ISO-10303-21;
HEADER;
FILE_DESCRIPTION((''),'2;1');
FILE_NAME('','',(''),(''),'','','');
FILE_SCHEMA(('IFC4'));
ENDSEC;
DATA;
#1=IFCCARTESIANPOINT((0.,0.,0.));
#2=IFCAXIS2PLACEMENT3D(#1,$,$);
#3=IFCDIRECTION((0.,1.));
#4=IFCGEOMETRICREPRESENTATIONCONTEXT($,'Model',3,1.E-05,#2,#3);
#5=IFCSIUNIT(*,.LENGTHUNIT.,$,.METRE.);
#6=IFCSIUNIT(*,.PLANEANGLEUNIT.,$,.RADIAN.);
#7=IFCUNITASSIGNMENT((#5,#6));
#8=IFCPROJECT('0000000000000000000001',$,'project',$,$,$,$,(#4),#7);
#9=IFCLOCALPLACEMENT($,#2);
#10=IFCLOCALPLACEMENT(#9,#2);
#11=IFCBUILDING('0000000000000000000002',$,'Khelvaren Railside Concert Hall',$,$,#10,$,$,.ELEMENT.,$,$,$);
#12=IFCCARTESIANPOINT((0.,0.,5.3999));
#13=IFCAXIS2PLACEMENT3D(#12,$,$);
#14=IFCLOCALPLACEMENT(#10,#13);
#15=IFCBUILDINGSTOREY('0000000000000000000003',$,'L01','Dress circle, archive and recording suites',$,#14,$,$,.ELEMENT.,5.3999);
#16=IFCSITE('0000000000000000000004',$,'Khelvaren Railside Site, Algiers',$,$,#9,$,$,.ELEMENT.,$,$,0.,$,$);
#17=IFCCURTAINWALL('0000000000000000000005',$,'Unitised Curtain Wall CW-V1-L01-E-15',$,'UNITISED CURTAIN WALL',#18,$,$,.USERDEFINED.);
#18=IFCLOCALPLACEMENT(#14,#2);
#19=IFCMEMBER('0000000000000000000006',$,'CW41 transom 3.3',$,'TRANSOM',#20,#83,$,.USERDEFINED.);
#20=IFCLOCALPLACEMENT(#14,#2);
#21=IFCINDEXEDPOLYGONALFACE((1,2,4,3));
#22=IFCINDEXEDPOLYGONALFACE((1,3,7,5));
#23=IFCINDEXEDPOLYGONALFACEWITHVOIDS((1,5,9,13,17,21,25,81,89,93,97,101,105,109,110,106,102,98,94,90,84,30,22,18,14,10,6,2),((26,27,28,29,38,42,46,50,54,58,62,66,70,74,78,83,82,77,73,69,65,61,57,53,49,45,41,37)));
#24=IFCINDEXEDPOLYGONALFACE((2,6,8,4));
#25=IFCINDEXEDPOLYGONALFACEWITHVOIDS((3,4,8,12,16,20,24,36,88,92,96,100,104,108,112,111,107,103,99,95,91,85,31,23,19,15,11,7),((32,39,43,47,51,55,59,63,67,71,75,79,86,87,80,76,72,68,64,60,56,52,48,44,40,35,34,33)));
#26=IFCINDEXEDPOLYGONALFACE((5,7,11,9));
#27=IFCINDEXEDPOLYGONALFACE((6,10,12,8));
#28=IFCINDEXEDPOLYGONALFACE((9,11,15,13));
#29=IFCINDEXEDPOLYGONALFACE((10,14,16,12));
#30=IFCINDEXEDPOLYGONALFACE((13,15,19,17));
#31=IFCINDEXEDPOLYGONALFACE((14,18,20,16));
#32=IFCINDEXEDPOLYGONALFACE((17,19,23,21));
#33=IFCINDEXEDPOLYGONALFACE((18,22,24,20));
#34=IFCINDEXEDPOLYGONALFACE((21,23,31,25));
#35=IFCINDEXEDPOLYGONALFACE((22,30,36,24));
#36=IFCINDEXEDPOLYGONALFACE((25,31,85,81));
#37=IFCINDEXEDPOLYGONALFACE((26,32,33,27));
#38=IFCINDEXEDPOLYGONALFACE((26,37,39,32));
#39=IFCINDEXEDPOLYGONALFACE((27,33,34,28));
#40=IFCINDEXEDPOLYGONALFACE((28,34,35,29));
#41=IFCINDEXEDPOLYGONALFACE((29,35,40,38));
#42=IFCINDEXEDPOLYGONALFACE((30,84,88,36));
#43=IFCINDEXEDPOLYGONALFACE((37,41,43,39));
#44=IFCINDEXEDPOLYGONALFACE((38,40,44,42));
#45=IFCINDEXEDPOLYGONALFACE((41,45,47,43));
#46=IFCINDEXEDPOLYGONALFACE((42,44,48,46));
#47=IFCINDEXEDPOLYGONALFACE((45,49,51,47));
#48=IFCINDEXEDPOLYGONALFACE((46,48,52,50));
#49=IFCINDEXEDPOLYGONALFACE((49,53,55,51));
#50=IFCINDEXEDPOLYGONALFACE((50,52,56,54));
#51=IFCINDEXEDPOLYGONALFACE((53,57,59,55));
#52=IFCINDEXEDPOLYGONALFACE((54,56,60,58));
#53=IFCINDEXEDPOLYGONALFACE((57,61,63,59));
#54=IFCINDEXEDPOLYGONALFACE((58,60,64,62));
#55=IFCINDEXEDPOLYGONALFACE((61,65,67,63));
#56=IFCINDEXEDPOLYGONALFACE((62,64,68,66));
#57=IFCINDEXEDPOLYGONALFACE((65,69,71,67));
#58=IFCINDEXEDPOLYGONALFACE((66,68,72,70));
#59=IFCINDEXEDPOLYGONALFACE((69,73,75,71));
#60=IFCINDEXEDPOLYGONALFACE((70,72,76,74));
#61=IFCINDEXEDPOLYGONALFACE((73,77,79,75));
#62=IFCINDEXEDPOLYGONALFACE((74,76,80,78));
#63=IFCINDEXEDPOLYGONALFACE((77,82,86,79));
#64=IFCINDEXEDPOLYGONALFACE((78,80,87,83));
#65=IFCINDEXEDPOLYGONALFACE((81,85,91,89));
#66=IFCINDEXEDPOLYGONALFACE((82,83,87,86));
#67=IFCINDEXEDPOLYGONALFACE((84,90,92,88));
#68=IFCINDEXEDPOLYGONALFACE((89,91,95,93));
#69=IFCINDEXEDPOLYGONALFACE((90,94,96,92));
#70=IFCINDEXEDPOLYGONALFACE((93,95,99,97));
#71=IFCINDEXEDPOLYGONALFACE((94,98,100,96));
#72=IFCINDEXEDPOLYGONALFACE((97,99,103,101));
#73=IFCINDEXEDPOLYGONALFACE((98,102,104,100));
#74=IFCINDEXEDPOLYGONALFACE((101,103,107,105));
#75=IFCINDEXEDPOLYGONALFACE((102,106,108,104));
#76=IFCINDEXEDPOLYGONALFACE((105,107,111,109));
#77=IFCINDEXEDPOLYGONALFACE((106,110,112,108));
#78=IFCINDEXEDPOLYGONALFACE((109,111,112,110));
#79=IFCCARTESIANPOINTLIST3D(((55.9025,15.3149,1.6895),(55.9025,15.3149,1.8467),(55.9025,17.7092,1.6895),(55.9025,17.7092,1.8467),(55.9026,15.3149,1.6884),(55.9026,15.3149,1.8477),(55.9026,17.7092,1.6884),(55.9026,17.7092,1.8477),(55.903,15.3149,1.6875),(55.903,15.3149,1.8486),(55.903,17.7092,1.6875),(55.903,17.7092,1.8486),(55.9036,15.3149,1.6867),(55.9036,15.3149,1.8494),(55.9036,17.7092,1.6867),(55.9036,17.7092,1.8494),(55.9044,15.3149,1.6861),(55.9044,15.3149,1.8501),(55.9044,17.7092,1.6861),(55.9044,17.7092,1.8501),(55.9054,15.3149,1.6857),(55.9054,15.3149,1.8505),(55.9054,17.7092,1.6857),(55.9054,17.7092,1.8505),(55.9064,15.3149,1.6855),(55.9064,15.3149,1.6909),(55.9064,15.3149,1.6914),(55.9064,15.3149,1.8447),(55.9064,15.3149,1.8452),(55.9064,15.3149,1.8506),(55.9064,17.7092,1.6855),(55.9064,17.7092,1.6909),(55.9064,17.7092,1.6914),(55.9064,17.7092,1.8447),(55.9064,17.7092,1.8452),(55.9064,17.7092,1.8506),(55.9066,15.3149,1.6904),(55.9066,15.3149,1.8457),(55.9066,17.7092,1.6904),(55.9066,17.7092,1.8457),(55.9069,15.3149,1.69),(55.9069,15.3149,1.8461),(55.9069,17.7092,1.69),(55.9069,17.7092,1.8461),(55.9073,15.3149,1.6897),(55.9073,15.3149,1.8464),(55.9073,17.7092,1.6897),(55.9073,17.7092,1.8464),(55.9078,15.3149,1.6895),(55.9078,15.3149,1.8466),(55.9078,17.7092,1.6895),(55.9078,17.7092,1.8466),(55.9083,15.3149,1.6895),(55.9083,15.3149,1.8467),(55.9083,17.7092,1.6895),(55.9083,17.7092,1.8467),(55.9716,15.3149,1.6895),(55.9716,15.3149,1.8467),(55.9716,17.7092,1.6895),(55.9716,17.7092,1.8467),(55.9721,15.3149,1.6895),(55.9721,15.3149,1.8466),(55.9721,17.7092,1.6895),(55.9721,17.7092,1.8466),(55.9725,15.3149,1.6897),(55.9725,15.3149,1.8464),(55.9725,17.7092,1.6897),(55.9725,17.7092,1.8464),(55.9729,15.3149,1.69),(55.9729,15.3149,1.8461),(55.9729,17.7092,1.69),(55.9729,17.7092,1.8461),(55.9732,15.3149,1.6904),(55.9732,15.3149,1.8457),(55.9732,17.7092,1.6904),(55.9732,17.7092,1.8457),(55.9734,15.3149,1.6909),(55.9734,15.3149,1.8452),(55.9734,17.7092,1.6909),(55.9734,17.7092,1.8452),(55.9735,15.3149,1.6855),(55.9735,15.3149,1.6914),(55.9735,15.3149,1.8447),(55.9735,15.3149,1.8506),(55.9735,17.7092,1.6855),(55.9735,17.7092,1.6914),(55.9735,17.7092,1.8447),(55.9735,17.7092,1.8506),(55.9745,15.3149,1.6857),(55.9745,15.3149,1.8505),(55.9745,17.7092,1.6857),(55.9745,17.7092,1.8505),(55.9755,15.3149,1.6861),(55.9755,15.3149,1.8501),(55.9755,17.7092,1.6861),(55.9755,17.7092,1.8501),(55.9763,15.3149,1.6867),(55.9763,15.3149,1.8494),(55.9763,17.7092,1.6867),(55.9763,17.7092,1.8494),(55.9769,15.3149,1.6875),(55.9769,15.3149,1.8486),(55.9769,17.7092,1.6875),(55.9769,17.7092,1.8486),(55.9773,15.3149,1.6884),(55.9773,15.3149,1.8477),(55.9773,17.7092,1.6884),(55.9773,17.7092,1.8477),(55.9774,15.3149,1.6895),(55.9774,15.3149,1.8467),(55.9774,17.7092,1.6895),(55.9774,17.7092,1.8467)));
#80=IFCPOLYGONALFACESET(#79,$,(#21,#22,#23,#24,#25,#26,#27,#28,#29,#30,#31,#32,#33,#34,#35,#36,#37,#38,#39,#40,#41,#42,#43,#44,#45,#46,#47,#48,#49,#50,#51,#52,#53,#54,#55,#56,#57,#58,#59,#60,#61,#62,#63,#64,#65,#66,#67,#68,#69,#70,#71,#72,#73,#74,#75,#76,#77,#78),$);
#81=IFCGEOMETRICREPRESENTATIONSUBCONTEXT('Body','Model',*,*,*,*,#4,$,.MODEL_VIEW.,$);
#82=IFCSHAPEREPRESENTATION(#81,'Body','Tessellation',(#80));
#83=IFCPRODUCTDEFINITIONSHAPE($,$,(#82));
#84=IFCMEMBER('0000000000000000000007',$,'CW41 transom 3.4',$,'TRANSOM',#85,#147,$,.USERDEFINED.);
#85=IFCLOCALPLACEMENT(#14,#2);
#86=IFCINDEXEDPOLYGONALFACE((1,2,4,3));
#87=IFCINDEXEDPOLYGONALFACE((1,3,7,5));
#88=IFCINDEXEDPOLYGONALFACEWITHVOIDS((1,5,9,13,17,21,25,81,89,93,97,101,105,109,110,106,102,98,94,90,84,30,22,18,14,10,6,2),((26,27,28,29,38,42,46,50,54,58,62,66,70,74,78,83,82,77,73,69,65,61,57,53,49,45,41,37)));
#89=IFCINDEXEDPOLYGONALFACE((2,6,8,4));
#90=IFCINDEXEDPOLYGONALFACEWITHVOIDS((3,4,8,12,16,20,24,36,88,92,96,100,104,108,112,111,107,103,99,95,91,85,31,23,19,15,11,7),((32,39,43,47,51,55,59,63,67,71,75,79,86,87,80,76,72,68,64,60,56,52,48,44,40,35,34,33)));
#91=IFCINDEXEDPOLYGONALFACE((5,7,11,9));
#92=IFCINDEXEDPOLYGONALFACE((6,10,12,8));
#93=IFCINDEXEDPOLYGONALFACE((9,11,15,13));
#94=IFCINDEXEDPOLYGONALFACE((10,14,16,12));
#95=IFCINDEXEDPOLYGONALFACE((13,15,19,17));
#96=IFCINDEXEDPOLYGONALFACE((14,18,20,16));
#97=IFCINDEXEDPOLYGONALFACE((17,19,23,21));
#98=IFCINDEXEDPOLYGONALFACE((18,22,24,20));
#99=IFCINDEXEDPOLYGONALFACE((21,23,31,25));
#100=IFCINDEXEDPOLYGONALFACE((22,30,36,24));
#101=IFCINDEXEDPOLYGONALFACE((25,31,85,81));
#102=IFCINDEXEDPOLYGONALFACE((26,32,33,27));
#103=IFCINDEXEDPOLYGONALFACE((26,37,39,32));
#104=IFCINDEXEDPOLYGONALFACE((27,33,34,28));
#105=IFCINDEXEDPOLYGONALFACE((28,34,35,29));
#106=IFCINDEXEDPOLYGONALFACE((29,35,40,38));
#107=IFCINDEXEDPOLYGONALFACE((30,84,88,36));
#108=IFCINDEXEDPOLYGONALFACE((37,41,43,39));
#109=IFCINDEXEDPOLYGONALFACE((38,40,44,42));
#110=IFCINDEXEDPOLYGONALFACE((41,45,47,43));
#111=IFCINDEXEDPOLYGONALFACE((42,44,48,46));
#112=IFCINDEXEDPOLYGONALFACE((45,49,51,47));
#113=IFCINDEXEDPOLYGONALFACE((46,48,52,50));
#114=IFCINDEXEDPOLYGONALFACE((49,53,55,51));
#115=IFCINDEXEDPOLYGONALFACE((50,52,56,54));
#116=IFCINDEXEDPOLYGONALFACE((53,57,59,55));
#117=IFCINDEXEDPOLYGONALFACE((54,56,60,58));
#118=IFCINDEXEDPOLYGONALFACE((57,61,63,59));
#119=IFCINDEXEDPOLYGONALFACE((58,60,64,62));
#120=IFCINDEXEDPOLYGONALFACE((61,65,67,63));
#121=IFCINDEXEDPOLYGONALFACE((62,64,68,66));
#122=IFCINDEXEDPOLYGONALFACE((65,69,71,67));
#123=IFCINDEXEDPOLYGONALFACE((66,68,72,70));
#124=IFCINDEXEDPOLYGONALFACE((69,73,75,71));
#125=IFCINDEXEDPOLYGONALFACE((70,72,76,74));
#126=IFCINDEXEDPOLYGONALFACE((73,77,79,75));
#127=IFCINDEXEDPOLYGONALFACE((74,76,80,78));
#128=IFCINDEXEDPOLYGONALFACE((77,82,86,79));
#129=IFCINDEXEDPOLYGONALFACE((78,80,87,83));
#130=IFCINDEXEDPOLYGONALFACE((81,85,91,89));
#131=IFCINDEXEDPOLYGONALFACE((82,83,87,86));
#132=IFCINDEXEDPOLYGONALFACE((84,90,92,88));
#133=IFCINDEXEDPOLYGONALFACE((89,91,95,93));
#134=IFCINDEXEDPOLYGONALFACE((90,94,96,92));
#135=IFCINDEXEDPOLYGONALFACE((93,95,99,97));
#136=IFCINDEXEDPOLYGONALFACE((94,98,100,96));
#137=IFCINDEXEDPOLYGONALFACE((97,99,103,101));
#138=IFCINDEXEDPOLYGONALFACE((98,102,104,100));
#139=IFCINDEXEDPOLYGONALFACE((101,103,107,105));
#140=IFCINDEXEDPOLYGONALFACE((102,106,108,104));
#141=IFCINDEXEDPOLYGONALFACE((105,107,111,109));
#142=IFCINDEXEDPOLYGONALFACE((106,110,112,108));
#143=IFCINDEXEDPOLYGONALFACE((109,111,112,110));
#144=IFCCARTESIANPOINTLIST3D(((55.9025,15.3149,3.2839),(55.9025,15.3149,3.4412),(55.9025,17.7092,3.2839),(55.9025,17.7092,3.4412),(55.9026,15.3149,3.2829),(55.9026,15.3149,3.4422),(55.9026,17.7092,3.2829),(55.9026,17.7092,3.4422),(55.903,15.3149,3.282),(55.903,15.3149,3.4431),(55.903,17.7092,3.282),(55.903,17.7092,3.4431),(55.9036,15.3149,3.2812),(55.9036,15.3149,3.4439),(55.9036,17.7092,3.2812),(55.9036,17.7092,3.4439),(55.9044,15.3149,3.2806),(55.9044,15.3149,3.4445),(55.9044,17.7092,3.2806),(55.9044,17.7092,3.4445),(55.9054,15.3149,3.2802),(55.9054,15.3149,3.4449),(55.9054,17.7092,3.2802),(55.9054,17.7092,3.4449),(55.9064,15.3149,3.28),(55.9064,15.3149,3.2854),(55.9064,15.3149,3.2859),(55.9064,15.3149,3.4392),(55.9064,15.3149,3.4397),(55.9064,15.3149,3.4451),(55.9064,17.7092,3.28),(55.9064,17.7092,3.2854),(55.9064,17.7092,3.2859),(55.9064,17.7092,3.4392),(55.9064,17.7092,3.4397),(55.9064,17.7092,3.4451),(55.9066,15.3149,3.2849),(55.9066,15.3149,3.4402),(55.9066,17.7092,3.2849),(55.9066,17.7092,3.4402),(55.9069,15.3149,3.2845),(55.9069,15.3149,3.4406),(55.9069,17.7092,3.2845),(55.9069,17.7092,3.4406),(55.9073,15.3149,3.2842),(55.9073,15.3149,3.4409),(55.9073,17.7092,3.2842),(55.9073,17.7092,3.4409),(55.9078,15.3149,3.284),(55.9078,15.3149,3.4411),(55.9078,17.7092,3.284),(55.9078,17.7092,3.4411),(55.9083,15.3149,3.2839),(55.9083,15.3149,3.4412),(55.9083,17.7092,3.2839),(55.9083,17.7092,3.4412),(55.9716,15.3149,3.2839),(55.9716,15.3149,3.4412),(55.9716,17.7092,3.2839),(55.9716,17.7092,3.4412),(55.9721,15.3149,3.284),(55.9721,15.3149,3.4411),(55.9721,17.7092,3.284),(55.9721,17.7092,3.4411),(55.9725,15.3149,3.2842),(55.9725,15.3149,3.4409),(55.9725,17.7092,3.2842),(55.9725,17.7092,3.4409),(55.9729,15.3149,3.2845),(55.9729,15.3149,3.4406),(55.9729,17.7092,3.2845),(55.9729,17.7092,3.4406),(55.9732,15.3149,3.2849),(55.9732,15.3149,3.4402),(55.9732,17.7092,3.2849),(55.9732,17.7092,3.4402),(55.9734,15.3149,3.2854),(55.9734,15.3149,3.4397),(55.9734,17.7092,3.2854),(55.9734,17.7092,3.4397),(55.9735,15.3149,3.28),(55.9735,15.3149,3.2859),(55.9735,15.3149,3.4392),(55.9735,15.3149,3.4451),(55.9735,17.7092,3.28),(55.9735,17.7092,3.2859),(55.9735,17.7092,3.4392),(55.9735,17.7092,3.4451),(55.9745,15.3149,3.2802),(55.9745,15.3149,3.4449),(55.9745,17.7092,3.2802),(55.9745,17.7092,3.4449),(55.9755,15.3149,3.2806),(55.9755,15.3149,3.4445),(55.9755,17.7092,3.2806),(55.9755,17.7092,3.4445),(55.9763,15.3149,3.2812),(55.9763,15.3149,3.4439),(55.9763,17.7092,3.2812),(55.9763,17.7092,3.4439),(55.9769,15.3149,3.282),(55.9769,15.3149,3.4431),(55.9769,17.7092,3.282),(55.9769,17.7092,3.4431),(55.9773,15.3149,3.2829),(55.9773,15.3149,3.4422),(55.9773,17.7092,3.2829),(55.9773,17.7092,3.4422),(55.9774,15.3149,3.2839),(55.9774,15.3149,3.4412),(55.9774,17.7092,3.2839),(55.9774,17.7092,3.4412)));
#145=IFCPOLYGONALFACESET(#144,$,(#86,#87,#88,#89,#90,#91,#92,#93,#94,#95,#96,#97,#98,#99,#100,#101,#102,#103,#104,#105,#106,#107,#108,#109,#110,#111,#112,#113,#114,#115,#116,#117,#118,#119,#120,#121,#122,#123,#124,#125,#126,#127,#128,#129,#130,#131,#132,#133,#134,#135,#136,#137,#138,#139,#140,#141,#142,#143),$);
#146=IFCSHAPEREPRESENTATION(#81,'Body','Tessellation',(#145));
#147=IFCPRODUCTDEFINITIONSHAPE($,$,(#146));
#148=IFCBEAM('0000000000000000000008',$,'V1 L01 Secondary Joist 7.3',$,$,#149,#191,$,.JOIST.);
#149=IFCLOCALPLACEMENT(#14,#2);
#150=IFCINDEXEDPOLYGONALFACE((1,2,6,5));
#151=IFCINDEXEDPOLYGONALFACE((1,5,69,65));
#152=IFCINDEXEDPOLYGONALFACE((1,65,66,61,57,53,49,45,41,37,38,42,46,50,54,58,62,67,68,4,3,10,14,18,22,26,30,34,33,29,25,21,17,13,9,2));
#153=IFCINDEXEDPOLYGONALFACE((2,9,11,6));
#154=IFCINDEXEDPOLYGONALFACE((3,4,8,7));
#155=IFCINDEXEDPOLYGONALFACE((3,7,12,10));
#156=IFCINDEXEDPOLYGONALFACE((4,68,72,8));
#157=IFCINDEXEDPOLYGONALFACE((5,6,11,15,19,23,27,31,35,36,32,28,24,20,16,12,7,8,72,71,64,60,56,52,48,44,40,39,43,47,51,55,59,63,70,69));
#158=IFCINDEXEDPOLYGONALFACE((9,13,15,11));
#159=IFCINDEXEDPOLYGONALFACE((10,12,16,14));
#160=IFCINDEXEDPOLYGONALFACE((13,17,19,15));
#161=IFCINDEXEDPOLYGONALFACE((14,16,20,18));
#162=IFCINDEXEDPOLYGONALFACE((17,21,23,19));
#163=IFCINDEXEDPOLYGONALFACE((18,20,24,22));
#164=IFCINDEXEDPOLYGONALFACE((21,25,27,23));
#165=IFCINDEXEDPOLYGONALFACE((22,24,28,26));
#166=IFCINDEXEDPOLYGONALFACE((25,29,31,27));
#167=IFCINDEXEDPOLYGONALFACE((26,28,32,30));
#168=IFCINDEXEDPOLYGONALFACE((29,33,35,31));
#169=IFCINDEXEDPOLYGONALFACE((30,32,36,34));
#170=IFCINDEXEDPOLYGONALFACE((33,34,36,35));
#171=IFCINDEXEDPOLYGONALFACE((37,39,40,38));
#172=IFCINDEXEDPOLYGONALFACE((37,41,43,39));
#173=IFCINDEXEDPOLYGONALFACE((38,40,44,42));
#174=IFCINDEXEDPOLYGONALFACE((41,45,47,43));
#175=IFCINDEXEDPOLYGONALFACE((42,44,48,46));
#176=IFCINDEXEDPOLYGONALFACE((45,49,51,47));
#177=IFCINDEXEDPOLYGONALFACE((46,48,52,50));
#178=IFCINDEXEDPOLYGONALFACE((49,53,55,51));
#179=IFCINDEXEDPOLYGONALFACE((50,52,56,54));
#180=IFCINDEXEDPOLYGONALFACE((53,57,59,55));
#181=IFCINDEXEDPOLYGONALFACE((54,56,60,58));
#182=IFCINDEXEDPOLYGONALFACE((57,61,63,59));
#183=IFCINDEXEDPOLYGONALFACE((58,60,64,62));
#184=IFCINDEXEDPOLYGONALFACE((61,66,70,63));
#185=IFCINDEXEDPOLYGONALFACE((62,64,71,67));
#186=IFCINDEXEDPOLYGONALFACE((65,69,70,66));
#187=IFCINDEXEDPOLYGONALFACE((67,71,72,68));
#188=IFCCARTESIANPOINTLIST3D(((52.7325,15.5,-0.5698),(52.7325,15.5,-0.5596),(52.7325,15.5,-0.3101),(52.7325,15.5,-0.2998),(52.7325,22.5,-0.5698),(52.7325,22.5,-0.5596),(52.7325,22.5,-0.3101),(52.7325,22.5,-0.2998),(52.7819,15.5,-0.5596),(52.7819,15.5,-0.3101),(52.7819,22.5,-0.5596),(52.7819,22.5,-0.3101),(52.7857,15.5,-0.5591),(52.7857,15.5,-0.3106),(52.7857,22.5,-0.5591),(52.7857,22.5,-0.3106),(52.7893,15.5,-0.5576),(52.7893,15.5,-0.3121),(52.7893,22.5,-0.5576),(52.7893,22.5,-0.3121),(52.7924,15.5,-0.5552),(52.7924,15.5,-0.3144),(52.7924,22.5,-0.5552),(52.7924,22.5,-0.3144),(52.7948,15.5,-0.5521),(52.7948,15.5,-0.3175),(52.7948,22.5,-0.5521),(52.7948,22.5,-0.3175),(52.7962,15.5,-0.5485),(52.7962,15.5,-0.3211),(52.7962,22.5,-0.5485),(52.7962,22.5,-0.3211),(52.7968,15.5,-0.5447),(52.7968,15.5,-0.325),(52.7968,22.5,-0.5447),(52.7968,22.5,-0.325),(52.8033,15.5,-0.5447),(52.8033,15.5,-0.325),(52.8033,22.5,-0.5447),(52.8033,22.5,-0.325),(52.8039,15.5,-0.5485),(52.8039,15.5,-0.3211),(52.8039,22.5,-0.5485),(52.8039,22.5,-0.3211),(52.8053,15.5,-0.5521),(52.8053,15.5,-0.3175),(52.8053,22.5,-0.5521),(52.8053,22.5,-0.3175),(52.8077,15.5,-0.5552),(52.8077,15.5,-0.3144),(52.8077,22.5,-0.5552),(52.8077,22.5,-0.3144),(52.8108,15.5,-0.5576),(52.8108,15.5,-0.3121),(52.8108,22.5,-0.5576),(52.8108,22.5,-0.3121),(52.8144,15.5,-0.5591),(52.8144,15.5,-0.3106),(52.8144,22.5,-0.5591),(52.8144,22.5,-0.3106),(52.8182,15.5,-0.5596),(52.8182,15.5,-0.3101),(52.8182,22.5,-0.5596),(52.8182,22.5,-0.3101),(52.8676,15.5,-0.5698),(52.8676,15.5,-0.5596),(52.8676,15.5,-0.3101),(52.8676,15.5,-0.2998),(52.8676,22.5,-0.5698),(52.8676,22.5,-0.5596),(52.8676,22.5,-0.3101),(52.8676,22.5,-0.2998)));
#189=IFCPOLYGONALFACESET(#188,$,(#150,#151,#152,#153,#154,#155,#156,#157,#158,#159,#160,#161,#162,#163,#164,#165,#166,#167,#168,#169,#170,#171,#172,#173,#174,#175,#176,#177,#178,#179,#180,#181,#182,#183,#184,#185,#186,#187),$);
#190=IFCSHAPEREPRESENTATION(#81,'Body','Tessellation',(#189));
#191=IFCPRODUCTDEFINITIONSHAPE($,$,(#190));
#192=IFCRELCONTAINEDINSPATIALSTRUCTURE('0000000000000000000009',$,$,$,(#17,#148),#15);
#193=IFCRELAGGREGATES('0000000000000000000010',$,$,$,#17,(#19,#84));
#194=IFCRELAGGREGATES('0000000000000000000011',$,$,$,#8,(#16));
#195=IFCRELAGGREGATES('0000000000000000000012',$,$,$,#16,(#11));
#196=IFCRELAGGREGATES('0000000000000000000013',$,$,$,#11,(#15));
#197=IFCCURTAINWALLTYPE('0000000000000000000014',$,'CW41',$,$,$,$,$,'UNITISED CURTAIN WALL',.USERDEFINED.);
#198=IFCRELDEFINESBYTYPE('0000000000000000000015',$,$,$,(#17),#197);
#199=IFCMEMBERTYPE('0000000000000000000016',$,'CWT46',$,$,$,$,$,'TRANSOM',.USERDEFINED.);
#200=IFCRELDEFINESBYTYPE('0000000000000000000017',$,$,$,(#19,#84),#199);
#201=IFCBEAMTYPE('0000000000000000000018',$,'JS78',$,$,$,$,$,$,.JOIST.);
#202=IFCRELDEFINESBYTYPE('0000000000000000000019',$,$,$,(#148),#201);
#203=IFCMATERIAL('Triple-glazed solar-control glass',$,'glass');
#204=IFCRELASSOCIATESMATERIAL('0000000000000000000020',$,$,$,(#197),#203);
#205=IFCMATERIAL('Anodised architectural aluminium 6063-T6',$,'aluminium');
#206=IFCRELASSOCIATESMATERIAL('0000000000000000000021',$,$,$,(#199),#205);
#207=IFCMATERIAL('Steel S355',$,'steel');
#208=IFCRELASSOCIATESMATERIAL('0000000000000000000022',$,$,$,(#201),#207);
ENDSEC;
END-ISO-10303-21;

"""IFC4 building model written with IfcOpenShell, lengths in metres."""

from ifc_helpers import new_model, si_unit, direction, frame, origin, origin_2d, place, context, subcontext, project, spatial, hollow_rectangle, i_section, extrude, material, material_profile, profile_set, type_object, element, aggregate, save


model = new_model("IFC4")

# Units and contexts
model_context = context("Model", 3, precision=1e-05, world=origin(), true_north=direction((0.0, 1.0)))
body_context = subcontext(model_context, "Body", "Model", "MODEL_VIEW")
ifc_project = project(units=[si_unit("LENGTHUNIT", "METRE"), si_unit("PLANEANGLEUNIT", "RADIAN")], contexts=[model_context])

# Site, building, storey
site_placement = place(None, origin())
site = spatial("IfcSite", under=ifc_project, at=site_placement, Name="Khelvaren Railside Site, Algiers", CompositionType="ELEMENT", RefElevation=0.0)
building_placement = place(site_placement, origin())
building = spatial("IfcBuilding", under=site, at=building_placement, Name="Khelvaren Railside Concert Hall", CompositionType="ELEMENT")
storey_placement = place(building_placement, frame((0.0, 0.0, 5.3999)))
storey = spatial("IfcBuildingStorey", under=building, at=storey_placement, Name="L01", Description="Dress circle, archive and recording suites", CompositionType="ELEMENT", Elevation=5.3999)

# Curtain wall, members
ifc_material_1 = material(Name="Triple-glazed solar-control glass", Category="glass")
curtain_wall_type = type_object("IfcCurtainWallType", Name="CW41", ElementType="UNITISED CURTAIN WALL", PredefinedType="USERDEFINED", material=ifc_material_1)
curtain_wall_placement = place(storey_placement, origin())
curtain_wall = element("IfcCurtainWall", 1, at=curtain_wall_placement, inside=storey, type_object=curtain_wall_type, Name="Unitised Curtain Wall CW-V1-L01-E-15", ObjectType="UNITISED CURTAIN WALL", PredefinedType="USERDEFINED")
ifc_material_2 = material(Name="Anodised architectural aluminium 6063-T6", Category="aluminium")
ifc_material_profile_1 = material_profile(ifc_material_2, hollow_rectangle(XDim=0.075, YDim=0.165, WallThickness=0.0039, InnerFilletRadius=0.002, OuterFilletRadius=0.0039, at=origin_2d()), Name="CWT 75x165x4")
ifc_profile_set_1 = profile_set([ifc_material_profile_1], Name="Anodised architectural aluminium 6063-T6")
member_type_1 = type_object("IfcMemberType", Name="CWT46", ElementType="TRANSOM", PredefinedType="USERDEFINED", material=ifc_profile_set_1)
member_1_placement = place(storey_placement, frame((55.9399, 17.7092, 1.7681), z_axis=(0.0, -1.0, 0.0), x_axis=(1.0, 0.0, 0.0)))
member_1 = element("IfcMember", 2, at=member_1_placement, type_object=member_type_1, Name="CW41 transom 3.3", ObjectType="TRANSOM", PredefinedType="USERDEFINED", context=body_context, shape_type="SweptSolid", body=[
    extrude(hollow_rectangle(XDim=0.075, YDim=0.165, WallThickness=0.0039, InnerFilletRadius=0.002, OuterFilletRadius=0.0039, at=origin_2d()), origin(), (0.0, 0.0, 1.0), 2.3943),
])
member_2_placement = place(storey_placement, frame((55.9399, 17.7092, 3.3625), z_axis=(0.0, -1.0, 0.0), x_axis=(1.0, 0.0, 0.0)))
member_2 = element("IfcMember", 3, at=member_2_placement, type_object=member_type_1, Name="CW41 transom 3.4", ObjectType="TRANSOM", PredefinedType="USERDEFINED", context=body_context, shape_type="SweptSolid", body=[
    extrude(hollow_rectangle(XDim=0.075, YDim=0.165, WallThickness=0.0039, InnerFilletRadius=0.002, OuterFilletRadius=0.0039, at=origin_2d()), origin(), (0.0, 0.0, 1.0), 2.3943),
])

# Beam
ifc_material_3 = material(Name="Steel S355", Category="steel")
ifc_material_profile_2 = material_profile(ifc_material_3, i_section(OverallWidth=0.135, OverallDepth=0.27, WebThickness=0.0066, FlangeThickness=0.0103, FilletRadius=0.0149, at=origin_2d()), Name="IPE 270")
ifc_profile_set_2 = profile_set([ifc_material_profile_2], Name="Steel S355")
beam_type_1 = type_object("IfcBeamType", Name="JS78", PredefinedType="JOIST", material=ifc_profile_set_2)
beam_1_placement = place(storey_placement, frame((52.8, 15.5, -0.4348), z_axis=(0.0, 1.0, 0.0), x_axis=(-1.0, 0.0, 0.0)))
element("IfcBeam", 4, at=beam_1_placement, inside=storey, type_object=beam_type_1, Name="V1 L01 Secondary Joist 7.3", PredefinedType="JOIST", context=body_context, shape_type="SweptSolid", body=[
    extrude(i_section(OverallWidth=0.135, OverallDepth=0.27, WebThickness=0.0066, FlangeThickness=0.0103, FilletRadius=0.0149, at=origin_2d()), origin(), (0.0, 0.0, 1.0), 7.0),
])

aggregate(curtain_wall, [member_1, member_2])

save(model, "model.ifc")
